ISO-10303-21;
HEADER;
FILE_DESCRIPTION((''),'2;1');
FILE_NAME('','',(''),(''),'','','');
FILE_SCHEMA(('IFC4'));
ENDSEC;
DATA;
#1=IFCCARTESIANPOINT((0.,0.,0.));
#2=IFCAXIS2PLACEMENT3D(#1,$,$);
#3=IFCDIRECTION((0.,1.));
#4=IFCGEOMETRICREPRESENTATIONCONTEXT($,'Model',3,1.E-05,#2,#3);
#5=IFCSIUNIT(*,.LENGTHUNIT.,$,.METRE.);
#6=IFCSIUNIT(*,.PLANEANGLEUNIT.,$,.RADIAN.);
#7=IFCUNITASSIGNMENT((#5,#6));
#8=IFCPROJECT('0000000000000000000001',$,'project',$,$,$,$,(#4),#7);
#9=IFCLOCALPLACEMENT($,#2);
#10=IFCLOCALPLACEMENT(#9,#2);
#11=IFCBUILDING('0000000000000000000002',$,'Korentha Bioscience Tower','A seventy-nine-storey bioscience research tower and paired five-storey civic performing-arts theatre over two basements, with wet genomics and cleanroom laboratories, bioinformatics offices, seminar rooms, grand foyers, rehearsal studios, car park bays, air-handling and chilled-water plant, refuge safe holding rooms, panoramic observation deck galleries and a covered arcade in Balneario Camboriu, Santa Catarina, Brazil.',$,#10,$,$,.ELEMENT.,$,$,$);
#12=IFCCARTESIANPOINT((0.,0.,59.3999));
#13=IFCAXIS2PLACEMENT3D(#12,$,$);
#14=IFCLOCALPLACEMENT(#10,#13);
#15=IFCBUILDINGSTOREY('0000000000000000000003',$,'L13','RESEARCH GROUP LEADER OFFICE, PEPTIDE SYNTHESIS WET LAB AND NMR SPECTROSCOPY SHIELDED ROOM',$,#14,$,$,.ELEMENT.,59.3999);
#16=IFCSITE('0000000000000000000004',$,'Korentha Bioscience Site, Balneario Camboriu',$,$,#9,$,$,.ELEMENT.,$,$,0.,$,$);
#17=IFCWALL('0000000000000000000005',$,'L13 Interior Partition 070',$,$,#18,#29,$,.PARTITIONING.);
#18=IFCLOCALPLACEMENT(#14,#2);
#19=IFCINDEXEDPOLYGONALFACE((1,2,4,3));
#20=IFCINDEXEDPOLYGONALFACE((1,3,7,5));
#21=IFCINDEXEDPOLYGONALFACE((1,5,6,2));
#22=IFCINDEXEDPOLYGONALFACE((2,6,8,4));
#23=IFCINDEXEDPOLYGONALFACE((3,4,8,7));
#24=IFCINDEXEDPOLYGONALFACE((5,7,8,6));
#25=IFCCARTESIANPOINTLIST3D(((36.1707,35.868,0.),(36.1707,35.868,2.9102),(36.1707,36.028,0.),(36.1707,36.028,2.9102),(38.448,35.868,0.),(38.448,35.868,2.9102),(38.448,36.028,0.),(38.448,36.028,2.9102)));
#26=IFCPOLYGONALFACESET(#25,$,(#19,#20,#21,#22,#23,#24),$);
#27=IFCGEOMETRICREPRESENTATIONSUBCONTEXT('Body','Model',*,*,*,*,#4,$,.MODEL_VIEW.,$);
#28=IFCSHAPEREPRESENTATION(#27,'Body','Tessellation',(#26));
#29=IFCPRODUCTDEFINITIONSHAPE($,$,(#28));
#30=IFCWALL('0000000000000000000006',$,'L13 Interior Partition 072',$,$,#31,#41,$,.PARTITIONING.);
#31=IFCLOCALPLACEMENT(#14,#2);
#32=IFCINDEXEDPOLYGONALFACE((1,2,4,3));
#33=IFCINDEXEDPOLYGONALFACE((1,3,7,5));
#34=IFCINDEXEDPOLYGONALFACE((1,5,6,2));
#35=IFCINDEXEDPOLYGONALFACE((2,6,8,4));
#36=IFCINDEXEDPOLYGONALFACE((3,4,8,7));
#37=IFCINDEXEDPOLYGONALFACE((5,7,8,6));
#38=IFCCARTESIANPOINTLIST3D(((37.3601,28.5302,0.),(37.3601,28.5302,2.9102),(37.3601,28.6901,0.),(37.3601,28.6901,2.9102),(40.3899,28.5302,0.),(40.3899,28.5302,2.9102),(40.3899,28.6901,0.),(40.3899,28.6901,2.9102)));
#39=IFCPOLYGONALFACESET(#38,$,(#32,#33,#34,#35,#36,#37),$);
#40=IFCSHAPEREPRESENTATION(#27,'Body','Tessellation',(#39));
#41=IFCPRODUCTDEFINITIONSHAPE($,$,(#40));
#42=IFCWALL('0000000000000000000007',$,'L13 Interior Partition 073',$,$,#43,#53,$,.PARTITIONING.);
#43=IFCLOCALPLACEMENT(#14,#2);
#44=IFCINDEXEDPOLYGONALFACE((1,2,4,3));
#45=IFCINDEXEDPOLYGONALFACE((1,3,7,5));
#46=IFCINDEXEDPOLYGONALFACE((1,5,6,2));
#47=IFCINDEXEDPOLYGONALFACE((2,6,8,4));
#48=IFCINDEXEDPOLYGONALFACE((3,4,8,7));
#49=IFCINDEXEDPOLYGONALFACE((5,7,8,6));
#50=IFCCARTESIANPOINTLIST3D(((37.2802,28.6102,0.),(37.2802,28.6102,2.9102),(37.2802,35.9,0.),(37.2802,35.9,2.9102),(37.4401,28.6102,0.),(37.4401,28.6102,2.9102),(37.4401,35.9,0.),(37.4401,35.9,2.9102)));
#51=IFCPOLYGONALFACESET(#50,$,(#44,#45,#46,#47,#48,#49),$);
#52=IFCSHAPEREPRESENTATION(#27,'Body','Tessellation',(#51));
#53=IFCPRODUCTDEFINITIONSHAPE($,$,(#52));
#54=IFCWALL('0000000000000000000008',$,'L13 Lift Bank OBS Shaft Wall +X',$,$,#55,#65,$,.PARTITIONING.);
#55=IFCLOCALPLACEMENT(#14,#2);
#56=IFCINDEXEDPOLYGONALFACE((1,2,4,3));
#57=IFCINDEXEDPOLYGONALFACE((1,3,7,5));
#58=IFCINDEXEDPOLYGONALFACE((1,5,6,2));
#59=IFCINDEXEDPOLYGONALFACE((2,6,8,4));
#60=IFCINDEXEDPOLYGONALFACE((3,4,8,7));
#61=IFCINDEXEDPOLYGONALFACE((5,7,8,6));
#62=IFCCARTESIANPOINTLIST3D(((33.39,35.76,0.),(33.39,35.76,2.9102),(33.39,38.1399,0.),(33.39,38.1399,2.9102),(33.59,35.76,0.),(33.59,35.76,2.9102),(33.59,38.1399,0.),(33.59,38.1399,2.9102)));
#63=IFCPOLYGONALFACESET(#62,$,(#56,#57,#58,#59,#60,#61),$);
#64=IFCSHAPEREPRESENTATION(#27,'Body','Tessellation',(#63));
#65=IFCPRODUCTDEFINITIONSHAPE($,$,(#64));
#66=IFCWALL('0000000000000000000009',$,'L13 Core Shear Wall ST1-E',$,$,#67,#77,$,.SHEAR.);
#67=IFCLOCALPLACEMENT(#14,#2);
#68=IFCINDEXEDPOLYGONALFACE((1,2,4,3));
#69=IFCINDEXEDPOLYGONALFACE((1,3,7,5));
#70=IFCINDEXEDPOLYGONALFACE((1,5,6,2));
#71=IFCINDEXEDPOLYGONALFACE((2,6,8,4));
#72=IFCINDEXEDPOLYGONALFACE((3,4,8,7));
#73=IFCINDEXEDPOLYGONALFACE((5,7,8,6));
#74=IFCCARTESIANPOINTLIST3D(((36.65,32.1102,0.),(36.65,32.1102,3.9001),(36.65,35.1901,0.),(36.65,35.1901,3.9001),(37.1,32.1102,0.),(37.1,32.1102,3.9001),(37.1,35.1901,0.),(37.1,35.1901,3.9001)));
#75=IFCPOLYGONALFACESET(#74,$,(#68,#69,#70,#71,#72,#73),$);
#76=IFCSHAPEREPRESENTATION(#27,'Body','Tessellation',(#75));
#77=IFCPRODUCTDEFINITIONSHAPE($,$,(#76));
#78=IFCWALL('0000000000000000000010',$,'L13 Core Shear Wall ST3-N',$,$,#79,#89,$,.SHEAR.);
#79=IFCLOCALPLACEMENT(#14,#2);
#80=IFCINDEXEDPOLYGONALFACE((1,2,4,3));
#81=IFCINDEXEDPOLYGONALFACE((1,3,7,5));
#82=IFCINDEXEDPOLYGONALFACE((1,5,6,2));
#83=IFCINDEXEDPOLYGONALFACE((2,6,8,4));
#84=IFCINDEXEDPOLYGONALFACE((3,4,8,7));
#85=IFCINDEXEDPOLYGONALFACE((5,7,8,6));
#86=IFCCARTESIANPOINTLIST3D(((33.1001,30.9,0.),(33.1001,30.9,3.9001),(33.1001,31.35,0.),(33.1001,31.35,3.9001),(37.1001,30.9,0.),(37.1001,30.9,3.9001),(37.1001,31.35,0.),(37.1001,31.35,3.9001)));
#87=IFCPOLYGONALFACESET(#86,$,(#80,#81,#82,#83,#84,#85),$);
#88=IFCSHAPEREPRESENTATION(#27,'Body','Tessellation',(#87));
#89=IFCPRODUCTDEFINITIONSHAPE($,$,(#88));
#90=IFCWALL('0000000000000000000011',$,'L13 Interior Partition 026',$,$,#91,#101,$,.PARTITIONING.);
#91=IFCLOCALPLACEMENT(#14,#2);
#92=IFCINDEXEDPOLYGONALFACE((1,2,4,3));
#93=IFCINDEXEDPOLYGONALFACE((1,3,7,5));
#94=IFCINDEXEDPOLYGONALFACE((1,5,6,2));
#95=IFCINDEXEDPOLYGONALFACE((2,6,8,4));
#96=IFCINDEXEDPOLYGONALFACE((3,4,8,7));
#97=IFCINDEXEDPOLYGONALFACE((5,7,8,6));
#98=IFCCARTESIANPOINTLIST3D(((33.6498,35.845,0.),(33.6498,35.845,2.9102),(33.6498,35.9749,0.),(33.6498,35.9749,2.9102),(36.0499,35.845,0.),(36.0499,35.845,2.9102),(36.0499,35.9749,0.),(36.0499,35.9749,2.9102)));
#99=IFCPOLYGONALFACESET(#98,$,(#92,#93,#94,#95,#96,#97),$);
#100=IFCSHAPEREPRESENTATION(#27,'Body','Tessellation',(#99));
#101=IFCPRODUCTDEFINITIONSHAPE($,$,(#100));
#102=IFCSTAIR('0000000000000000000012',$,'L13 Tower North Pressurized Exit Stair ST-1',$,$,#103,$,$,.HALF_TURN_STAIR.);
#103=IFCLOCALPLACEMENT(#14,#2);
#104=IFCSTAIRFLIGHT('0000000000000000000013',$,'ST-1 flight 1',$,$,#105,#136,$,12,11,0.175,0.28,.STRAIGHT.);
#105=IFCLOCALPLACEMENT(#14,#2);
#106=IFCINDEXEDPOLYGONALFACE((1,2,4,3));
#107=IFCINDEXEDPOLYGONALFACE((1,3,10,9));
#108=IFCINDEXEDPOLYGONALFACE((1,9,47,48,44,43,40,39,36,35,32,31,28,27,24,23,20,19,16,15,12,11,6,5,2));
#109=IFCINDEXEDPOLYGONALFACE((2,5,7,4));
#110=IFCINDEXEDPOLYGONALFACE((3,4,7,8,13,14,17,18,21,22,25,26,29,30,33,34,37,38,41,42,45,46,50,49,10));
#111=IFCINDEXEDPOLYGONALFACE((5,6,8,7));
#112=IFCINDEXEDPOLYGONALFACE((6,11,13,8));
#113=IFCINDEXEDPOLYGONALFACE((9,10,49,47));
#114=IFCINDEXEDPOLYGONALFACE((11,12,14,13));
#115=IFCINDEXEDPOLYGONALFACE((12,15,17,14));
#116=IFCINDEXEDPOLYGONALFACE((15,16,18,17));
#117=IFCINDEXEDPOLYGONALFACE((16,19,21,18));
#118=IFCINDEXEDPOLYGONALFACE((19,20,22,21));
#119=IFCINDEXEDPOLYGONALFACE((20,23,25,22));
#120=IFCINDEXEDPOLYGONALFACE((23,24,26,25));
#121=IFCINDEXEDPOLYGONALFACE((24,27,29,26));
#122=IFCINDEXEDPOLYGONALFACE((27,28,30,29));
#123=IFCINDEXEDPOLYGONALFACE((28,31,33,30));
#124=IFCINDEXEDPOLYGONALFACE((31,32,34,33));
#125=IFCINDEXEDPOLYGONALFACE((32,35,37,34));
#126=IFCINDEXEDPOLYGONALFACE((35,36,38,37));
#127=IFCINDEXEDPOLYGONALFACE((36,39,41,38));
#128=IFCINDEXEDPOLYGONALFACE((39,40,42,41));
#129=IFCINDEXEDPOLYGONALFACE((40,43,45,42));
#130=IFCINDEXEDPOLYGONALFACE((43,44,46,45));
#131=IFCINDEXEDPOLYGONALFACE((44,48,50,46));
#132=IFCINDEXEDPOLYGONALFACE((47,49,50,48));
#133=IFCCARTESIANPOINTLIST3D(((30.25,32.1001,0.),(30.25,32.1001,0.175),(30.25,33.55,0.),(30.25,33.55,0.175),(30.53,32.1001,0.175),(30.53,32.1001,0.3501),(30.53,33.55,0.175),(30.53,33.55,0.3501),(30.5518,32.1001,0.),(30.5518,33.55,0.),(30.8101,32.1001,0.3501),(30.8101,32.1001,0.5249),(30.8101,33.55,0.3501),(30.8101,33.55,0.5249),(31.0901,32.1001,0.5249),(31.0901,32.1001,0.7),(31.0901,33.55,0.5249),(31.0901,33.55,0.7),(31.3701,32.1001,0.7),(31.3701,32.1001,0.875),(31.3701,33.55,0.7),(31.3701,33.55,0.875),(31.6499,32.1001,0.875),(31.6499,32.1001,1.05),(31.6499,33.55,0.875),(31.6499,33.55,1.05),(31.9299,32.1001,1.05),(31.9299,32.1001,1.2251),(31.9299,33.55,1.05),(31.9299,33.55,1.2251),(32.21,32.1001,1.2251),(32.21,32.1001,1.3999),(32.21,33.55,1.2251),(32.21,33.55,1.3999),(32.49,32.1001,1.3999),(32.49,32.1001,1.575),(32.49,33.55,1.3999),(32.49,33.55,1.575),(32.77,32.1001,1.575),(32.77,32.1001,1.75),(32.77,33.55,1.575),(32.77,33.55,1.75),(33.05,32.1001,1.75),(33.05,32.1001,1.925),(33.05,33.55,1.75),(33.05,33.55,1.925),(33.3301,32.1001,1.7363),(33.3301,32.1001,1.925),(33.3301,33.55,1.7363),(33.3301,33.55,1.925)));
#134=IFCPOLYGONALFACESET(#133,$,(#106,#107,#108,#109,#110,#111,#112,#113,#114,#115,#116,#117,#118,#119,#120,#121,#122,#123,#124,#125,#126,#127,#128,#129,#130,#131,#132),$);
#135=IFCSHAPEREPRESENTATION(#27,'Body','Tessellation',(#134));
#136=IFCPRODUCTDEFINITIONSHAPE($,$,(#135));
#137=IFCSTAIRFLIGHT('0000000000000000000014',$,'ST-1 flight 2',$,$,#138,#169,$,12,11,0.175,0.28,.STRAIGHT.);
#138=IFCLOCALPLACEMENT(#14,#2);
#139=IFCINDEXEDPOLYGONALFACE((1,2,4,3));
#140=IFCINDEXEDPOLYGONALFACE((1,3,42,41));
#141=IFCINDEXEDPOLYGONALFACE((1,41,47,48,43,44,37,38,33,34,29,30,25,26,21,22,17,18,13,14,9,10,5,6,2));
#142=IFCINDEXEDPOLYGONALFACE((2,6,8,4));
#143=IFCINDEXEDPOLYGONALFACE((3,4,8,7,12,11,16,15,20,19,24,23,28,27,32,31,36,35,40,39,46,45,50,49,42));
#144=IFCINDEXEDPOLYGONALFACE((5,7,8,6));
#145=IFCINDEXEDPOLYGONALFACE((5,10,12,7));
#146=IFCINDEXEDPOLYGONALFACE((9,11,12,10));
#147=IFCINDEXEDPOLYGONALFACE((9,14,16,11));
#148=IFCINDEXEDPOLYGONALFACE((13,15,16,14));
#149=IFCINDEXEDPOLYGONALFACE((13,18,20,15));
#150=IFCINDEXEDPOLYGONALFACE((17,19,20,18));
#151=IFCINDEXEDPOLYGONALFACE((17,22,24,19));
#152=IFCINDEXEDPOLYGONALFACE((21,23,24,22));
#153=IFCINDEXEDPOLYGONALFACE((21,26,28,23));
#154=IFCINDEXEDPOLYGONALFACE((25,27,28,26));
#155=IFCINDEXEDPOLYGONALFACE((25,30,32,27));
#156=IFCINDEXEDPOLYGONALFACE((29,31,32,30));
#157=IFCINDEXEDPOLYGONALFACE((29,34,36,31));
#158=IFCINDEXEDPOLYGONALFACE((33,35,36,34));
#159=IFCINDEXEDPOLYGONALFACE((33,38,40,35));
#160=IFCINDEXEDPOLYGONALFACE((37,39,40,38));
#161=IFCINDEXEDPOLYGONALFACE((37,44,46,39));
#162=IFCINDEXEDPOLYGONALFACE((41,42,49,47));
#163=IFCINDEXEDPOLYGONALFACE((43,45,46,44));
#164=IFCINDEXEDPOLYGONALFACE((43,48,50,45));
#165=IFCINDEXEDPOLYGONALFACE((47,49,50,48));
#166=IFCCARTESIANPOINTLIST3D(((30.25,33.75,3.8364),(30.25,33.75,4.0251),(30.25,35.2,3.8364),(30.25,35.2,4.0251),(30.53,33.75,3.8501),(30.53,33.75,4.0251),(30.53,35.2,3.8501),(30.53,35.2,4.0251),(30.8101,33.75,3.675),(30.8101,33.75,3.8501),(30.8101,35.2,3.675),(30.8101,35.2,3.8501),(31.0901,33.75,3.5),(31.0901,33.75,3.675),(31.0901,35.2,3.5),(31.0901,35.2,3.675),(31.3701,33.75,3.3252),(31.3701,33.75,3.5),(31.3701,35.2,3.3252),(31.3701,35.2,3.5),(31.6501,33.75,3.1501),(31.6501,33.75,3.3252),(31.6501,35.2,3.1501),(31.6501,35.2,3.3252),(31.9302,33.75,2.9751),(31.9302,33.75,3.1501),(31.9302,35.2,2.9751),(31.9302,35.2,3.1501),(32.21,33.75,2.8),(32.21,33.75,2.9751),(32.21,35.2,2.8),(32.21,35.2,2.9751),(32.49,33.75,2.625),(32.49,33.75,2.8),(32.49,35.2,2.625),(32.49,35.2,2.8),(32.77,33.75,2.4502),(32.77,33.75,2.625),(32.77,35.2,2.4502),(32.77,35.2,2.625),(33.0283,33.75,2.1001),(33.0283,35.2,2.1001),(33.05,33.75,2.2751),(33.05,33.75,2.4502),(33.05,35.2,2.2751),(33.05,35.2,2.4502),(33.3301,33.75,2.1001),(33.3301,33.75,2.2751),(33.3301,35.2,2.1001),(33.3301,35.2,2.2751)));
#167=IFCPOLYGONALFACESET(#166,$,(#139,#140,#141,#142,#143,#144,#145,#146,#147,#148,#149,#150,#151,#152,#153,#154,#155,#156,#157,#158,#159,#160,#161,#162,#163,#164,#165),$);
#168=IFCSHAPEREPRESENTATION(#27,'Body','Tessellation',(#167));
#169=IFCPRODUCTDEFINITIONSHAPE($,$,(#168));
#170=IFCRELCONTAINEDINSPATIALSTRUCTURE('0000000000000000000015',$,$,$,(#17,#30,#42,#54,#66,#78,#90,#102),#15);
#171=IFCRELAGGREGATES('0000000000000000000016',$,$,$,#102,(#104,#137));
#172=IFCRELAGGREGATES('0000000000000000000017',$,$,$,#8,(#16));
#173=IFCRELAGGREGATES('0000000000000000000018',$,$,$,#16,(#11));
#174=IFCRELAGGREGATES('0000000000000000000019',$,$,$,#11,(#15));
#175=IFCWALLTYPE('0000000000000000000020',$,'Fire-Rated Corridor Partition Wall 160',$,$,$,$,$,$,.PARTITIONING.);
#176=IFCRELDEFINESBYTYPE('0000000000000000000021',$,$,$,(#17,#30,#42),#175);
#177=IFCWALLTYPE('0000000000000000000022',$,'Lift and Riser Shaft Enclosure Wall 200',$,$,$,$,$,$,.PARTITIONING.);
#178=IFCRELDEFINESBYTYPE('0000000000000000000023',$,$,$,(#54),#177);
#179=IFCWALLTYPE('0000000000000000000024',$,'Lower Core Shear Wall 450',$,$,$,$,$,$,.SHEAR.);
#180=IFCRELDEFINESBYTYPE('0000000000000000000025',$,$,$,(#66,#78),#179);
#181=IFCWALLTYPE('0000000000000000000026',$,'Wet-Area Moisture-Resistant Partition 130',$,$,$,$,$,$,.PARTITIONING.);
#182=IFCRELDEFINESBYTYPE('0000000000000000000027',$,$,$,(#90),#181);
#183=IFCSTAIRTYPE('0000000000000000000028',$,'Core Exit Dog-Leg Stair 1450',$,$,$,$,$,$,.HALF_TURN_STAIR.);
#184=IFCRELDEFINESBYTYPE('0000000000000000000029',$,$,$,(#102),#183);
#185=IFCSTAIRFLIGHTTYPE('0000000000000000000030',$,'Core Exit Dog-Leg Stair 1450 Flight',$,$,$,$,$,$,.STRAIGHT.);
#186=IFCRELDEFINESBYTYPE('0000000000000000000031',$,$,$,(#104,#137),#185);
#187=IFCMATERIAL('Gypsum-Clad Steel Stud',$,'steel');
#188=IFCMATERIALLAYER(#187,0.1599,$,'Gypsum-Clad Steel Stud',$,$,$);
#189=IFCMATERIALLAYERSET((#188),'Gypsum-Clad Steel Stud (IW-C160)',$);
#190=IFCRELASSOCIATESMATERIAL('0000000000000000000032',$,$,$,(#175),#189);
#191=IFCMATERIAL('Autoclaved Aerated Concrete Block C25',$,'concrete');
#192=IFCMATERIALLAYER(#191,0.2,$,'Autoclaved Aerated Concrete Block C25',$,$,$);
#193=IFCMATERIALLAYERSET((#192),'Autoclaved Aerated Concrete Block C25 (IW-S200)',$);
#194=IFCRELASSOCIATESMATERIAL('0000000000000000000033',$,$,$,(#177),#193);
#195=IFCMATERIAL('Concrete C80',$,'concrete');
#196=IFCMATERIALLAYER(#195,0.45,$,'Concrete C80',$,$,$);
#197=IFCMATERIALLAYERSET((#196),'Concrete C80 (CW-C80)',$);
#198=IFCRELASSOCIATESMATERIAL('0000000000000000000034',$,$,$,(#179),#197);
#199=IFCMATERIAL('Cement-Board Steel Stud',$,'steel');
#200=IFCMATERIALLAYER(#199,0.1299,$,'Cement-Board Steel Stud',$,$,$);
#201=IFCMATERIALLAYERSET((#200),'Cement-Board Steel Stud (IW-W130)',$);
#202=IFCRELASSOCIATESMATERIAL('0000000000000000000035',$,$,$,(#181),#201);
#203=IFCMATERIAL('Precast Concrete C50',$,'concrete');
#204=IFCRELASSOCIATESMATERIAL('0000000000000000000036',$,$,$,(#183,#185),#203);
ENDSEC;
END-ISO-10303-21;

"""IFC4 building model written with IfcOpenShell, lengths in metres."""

from ifc_helpers import new_model, si_unit, direction, frame, frame_2d, origin, place, context, subcontext, project, spatial, polyline, rectangle, outline, extrude, material, layer, layer_set, type_object, element, aggregate, save


model = new_model("IFC4")

# Units and contexts
model_context = context("Model", 3, precision=1e-05, world=origin(), true_north=direction((0.0, 1.0)))
body_context = subcontext(model_context, "Body", "Model", "MODEL_VIEW")
ifc_project = project(units=[si_unit("LENGTHUNIT", "METRE"), si_unit("PLANEANGLEUNIT", "RADIAN")], contexts=[model_context])

# Site, building, storey
site_placement = place(None, origin())
site = spatial("IfcSite", under=ifc_project, at=site_placement, Name="Korentha Bioscience Site, Balneario Camboriu", CompositionType="ELEMENT", RefElevation=0.0)
building_placement = place(site_placement, origin())
building = spatial("IfcBuilding", under=site, at=building_placement, Name="Korentha Bioscience Tower", Description="A seventy-nine-storey bioscience research tower and paired five-storey civic performing-arts theatre over two basements, with wet genomics and cleanroom laboratories, bioinformatics offices, seminar rooms, grand foyers, rehearsal studios, car park bays, air-handling and chilled-water plant, refuge safe holding rooms, panoramic observation deck galleries and a covered arcade in Balneario Camboriu, Santa Catarina, Brazil.", CompositionType="ELEMENT")
storey_placement = place(building_placement, frame((0.0, 0.0, 59.3999)))
storey = spatial("IfcBuildingStorey", under=building, at=storey_placement, Name="L13", Description="RESEARCH GROUP LEADER OFFICE, PEPTIDE SYNTHESIS WET LAB AND NMR SPECTROSCOPY SHIELDED ROOM", CompositionType="ELEMENT", Elevation=59.3999)

# Walls
ifc_material_1 = material(Name="Gypsum-Clad Steel Stud", Category="steel")
ifc_layer_1 = layer(ifc_material_1, 0.1599, Name="Gypsum-Clad Steel Stud")
ifc_layer_set_1 = layer_set([ifc_layer_1], Name="Gypsum-Clad Steel Stud (IW-C160)")
wall_type_1 = type_object("IfcWallType", Name="Fire-Rated Corridor Partition Wall 160", PredefinedType="PARTITIONING", material=ifc_layer_set_1)
wall_1_placement = place(storey_placement, frame((36.1707, 35.948, 0.0), z_axis=(0.0, 0.0, 1.0), x_axis=(1.0, 0.0, 0.0)))
element("IfcWall", 1, at=wall_1_placement, inside=storey, type_object=wall_type_1, Name="L13 Interior Partition 070", PredefinedType="PARTITIONING", context=body_context, shape_type="SweptSolid", body=[
    extrude(rectangle(XDim=2.2773, YDim=0.1599, at=frame_2d((1.1387, 0.0))), origin(), (0.0, 0.0, 1.0), 2.9102),
])
wall_2_placement = place(storey_placement, frame((40.3899, 28.6101, 0.0), z_axis=(0.0, 0.0, 1.0), x_axis=(-1.0, 0.0, 0.0)))
element("IfcWall", 2, at=wall_2_placement, inside=storey, type_object=wall_type_1, Name="L13 Interior Partition 072", PredefinedType="PARTITIONING", context=body_context, shape_type="SweptSolid", body=[
    extrude(rectangle(XDim=3.0298, YDim=0.1599, at=frame_2d((1.5149, 0.0))), origin(), (0.0, 0.0, 1.0), 2.9102),
])
wall_3_placement = place(storey_placement, frame((37.3601, 28.6101, 0.0), z_axis=(0.0, 0.0, 1.0), x_axis=(0.0, 1.0, 0.0)))
element("IfcWall", 3, at=wall_3_placement, inside=storey, type_object=wall_type_1, Name="L13 Interior Partition 073", PredefinedType="PARTITIONING", context=body_context, shape_type="SweptSolid", body=[
    extrude(rectangle(XDim=7.2898, YDim=0.1599, at=frame_2d((3.645, 0.0))), origin(), (0.0, 0.0, 1.0), 2.9102),
])
ifc_material_2 = material(Name="Autoclaved Aerated Concrete Block C25", Category="concrete")
ifc_layer_2 = layer(ifc_material_2, 0.2, Name="Autoclaved Aerated Concrete Block C25")
ifc_layer_set_2 = layer_set([ifc_layer_2], Name="Autoclaved Aerated Concrete Block C25 (IW-S200)")
wall_type_2 = type_object("IfcWallType", Name="Lift and Riser Shaft Enclosure Wall 200", PredefinedType="PARTITIONING", material=ifc_layer_set_2)
wall_4_placement = place(storey_placement, frame((33.49, 35.76, 0.0), z_axis=(0.0, 0.0, 1.0), x_axis=(0.0, 1.0, 0.0)))
element("IfcWall", 4, at=wall_4_placement, inside=storey, type_object=wall_type_2, Name="L13 Lift Bank OBS Shaft Wall +X", PredefinedType="PARTITIONING", context=body_context, shape_type="SweptSolid", body=[
    extrude(rectangle(XDim=2.3799, YDim=0.2, at=frame_2d((1.1899, 0.0))), origin(), (0.0, 0.0, 1.0), 2.9102),
])
ifc_material_3 = material(Name="Concrete C80", Category="concrete")
ifc_layer_3 = layer(ifc_material_3, 0.45, Name="Concrete C80")
ifc_layer_set_3 = layer_set([ifc_layer_3], Name="Concrete C80 (CW-C80)")
wall_type_3 = type_object("IfcWallType", Name="Lower Core Shear Wall 450", PredefinedType="SHEAR", material=ifc_layer_set_3)
wall_5_placement = place(storey_placement, frame((36.875, 32.1101, 0.0), z_axis=(0.0, 0.0, 1.0), x_axis=(0.0, 1.0, 0.0)))
element("IfcWall", 5, at=wall_5_placement, inside=storey, type_object=wall_type_3, Name="L13 Core Shear Wall ST1-E", PredefinedType="SHEAR", context=body_context, shape_type="SweptSolid", body=[
    extrude(rectangle(XDim=3.0798, YDim=0.45, at=frame_2d((1.54, 0.0))), origin(), (0.0, 0.0, 1.0), 3.9001),
])
wall_6_placement = place(storey_placement, frame((33.1001, 31.125, 0.0), z_axis=(0.0, 0.0, 1.0), x_axis=(1.0, 0.0, 0.0)))
element("IfcWall", 6, at=wall_6_placement, inside=storey, type_object=wall_type_3, Name="L13 Core Shear Wall ST3-N", PredefinedType="SHEAR", context=body_context, shape_type="SweptSolid", body=[
    extrude(rectangle(XDim=4.0, YDim=0.45, at=frame_2d((2.0, 0.0))), origin(), (0.0, 0.0, 1.0), 3.9001),
])
ifc_material_4 = material(Name="Cement-Board Steel Stud", Category="steel")
ifc_layer_4 = layer(ifc_material_4, 0.1299, Name="Cement-Board Steel Stud")
ifc_layer_set_4 = layer_set([ifc_layer_4], Name="Cement-Board Steel Stud (IW-W130)")
wall_type_4 = type_object("IfcWallType", Name="Wet-Area Moisture-Resistant Partition 130", PredefinedType="PARTITIONING", material=ifc_layer_set_4)
wall_7_placement = place(storey_placement, frame((36.05, 35.9099, 0.0), z_axis=(0.0, 0.0, 1.0), x_axis=(-1.0, 0.0, 0.0)))
element("IfcWall", 7, at=wall_7_placement, inside=storey, type_object=wall_type_4, Name="L13 Interior Partition 026", PredefinedType="PARTITIONING", context=body_context, shape_type="SweptSolid", body=[
    extrude(rectangle(XDim=2.4001, YDim=0.1299, at=frame_2d((1.2002, 0.0))), origin(), (0.0, 0.0, 1.0), 2.9102),
])

# Stair, stair flights
ifc_material_5 = material(Name="Precast Concrete C50", Category="concrete")
stair_type = type_object("IfcStairType", Name="Core Exit Dog-Leg Stair 1450", PredefinedType="HALF_TURN_STAIR", material=ifc_material_5)
stair_1_placement = place(storey_placement, origin())
stair_1 = element("IfcStair", 8, at=stair_1_placement, inside=storey, type_object=stair_type, Name="L13 Tower North Pressurized Exit Stair ST-1", PredefinedType="HALF_TURN_STAIR")
stair_flight_type = type_object("IfcStairFlightType", Name="Core Exit Dog-Leg Stair 1450 Flight", PredefinedType="STRAIGHT", material=ifc_material_5)
stair_flight_1_placement = place(storey_placement, frame((30.25, 32.825, 0.0), z_axis=(0.0, 0.0, 1.0), x_axis=(1.0, 0.0, 0.0)))
stair_flight_1 = element("IfcStairFlight", 9, at=stair_flight_1_placement, type_object=stair_flight_type, Name="ST-1 flight 1", NumberOfRisers=12, NumberOfTreads=11, PredefinedType="STRAIGHT", RiserHeight=0.175, TreadLength=0.28, context=body_context, shape_type="SweptSolid", body=[
    extrude(outline(polyline([(0.0, 0.0), (0.0, 0.175), (0.28, 0.175), (0.28, 0.3501), (0.5601, 0.3501), (0.5601, 0.5249), (0.8401, 0.5249), (0.8401, 0.7), (1.1201, 0.7), (1.1201, 0.875), (1.3999, 0.875), (1.3999, 1.05), (1.6799, 1.05), (1.6799, 1.2251), (1.96, 1.2251), (1.96, 1.3999), (2.24, 1.3999), (2.24, 1.575), (2.52, 1.575), (2.52, 1.75), (2.8, 1.75), (2.8, 1.925), (3.0801, 1.925), (3.0801, 2.1001), (3.0801, 1.7363), (0.3018, 0.0), (0.0, 0.0)])), frame((0.0, 0.7251, 0.0), z_axis=(0.0, -1.0, 0.0), x_axis=(1.0, 0.0, 0.0)), (0.0, 0.0, 1.0), 1.45),
])
stair_flight_2_placement = place(storey_placement, frame((33.3301, 34.4751, 2.1001), z_axis=(0.0, 0.0, 1.0), x_axis=(-1.0, 0.0, 0.0)))
stair_flight_2 = element("IfcStairFlight", 10, at=stair_flight_2_placement, type_object=stair_flight_type, Name="ST-1 flight 2", NumberOfRisers=12, NumberOfTreads=11, PredefinedType="STRAIGHT", RiserHeight=0.175, TreadLength=0.28, context=body_context, shape_type="SweptSolid", body=[
    extrude(outline(polyline([(0.0, 0.0), (0.0, 0.175), (0.28, 0.175), (0.28, 0.3501), (0.5601, 0.3501), (0.5601, 0.5249), (0.8401, 0.5249), (0.8401, 0.7), (1.1201, 0.7), (1.1201, 0.875), (1.3999, 0.875), (1.3999, 1.05), (1.6799, 1.05), (1.6799, 1.2251), (1.96, 1.2251), (1.96, 1.3999), (2.24, 1.3999), (2.24, 1.575), (2.52, 1.575), (2.52, 1.75), (2.8, 1.75), (2.8, 1.925), (3.0801, 1.925), (3.0801, 2.1001), (3.0801, 1.7363), (0.3018, 0.0), (0.0, 0.0)])), frame((0.0, 0.7251, 0.0), z_axis=(0.0, -1.0, 0.0), x_axis=(1.0, 0.0, 0.0)), (0.0, 0.0, 1.0), 1.45),
])
aggregate(stair_1, [stair_flight_1, stair_flight_2])

save(model, "model.ifc")
